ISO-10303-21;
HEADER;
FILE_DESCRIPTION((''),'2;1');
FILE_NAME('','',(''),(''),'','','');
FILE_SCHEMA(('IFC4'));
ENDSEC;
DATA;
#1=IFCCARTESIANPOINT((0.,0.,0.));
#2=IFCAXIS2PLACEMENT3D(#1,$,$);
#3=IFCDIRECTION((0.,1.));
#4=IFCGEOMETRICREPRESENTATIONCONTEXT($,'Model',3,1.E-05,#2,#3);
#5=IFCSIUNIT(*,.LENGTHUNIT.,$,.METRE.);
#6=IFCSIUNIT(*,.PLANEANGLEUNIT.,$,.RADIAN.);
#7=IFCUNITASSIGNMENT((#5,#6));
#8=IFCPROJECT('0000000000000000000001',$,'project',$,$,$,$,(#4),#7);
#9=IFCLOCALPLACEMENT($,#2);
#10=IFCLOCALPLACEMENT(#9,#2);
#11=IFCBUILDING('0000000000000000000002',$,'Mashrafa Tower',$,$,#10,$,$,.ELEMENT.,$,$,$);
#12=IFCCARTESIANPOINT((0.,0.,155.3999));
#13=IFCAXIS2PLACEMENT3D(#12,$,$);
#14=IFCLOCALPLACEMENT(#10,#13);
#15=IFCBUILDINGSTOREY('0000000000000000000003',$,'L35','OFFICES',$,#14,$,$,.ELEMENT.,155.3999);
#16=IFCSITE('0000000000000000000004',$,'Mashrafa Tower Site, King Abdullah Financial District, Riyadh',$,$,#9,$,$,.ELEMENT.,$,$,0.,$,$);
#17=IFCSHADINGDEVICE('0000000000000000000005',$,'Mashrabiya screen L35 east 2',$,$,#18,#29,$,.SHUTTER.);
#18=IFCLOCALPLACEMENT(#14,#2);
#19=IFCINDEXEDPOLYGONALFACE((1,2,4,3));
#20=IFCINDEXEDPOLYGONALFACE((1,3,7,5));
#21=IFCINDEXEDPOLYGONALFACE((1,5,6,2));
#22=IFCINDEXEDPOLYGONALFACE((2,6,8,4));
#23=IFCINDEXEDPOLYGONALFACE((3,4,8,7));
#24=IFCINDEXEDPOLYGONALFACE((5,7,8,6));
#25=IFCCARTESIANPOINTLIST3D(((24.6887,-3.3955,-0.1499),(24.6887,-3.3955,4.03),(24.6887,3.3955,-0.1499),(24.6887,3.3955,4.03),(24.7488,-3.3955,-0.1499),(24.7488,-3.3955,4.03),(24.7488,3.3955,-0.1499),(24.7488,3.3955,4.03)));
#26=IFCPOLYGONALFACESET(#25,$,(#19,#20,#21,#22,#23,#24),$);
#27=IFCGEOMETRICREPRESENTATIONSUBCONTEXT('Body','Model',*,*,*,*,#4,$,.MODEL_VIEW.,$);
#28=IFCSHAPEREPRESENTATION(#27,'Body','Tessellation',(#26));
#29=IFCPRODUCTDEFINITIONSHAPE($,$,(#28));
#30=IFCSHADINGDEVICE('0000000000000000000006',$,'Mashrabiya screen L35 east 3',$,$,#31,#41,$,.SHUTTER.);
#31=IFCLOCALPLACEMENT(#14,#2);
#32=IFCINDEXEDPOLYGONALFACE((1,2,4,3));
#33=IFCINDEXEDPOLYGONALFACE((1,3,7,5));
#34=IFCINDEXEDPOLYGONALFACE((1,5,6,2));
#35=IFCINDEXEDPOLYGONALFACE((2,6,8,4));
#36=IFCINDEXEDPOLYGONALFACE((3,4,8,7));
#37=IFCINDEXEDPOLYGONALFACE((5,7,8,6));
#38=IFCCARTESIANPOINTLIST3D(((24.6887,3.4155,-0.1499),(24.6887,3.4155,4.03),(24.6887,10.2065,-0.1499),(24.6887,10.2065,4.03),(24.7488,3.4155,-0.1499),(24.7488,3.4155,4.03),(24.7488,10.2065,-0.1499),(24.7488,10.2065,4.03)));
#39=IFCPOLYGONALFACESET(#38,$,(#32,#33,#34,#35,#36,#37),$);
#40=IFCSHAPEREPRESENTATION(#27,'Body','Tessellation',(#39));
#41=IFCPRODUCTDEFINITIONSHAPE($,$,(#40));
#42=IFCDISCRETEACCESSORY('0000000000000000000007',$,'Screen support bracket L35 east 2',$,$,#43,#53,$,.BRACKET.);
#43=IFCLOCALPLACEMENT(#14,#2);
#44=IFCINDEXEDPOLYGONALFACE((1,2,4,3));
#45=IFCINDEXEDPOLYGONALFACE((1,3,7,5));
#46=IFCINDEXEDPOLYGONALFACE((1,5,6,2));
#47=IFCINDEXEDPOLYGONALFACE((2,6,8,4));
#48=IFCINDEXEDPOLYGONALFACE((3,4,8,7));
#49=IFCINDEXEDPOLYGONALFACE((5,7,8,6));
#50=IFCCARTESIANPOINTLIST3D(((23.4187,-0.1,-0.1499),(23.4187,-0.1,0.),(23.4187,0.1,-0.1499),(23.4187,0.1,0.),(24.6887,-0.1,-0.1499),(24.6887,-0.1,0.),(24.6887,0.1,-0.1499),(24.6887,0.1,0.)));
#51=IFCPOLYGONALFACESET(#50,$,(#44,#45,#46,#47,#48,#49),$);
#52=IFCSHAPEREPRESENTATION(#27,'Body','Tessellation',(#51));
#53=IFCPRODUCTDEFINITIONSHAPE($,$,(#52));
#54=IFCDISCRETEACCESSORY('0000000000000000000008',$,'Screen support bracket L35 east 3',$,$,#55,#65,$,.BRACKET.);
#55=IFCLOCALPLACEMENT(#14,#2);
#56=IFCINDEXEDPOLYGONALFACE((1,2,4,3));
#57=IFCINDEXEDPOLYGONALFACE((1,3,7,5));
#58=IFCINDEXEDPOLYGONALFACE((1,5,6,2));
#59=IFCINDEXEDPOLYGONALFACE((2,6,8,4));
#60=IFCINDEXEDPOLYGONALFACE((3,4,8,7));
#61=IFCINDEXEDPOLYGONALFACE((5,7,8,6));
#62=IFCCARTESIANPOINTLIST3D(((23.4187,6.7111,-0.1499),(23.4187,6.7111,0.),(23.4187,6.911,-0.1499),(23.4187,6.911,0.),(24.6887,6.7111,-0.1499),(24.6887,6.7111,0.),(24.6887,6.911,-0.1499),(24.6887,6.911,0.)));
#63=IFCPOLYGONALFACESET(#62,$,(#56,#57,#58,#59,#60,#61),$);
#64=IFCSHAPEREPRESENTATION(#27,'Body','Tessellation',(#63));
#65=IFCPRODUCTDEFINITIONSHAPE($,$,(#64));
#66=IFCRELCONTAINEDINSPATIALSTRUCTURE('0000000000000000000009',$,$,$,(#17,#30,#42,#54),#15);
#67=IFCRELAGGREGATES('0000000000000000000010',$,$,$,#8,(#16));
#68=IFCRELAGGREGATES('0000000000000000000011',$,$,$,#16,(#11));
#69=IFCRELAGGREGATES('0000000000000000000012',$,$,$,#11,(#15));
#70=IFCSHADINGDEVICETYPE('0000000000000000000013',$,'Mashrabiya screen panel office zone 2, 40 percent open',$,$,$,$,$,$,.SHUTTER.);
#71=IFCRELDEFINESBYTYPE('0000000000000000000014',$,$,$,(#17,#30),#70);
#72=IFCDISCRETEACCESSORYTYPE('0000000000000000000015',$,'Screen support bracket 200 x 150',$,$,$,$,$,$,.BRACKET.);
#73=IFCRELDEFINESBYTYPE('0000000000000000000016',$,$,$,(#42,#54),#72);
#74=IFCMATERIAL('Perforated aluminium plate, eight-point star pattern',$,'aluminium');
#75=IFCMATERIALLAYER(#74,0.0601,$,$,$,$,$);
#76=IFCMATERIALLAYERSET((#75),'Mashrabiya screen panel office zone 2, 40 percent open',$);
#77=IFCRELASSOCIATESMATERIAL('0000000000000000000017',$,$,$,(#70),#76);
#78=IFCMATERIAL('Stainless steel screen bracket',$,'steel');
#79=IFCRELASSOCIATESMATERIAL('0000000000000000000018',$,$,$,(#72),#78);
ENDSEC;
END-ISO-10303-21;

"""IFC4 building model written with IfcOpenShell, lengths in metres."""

from ifc_helpers import new_model, si_unit, direction, frame, origin, origin_2d, place, context, subcontext, project, spatial, rectangle, extrude, source, transform, mapped, material, layer, layer_set, type_object, type_shapes, element, save


model = new_model("IFC4")

# Units and contexts
model_context = context("Model", 3, precision=1e-05, world=origin(), true_north=direction((0.0, 1.0)))
body_context = subcontext(model_context, "Body", "Model", "MODEL_VIEW")
ifc_project = project(units=[si_unit("LENGTHUNIT", "METRE"), si_unit("PLANEANGLEUNIT", "RADIAN")], contexts=[model_context])

# Site, building, storey
site_placement = place(None, origin())
site = spatial("IfcSite", under=ifc_project, at=site_placement, Name="Mashrafa Tower Site, King Abdullah Financial District, Riyadh", CompositionType="ELEMENT", RefElevation=0.0)
building_placement = place(site_placement, origin())
building = spatial("IfcBuilding", under=site, at=building_placement, Name="Mashrafa Tower", CompositionType="ELEMENT")
storey_placement = place(building_placement, frame((0.0, 0.0, 155.3999)))
storey = spatial("IfcBuildingStorey", under=building, at=storey_placement, Name="L35", Description="OFFICES", CompositionType="ELEMENT", Elevation=155.3999)

# Shading devices
ifc_material_1 = material(Name="Perforated aluminium plate, eight-point star pattern", Category="aluminium")
ifc_layer_1 = layer(ifc_material_1, 0.0601)
ifc_layer_set_1 = layer_set([ifc_layer_1], Name="Mashrabiya screen panel office zone 2, 40 percent open")
shading_device_type = type_object("IfcShadingDeviceType", Name="Mashrabiya screen panel office zone 2, 40 percent open", PredefinedType="SHUTTER", material=ifc_layer_set_1)
shared_shape_1 = source(origin(), body_context, "Body", "SweptSolid", [
    extrude(rectangle(XDim=6.791, YDim=0.0601, at=origin_2d()), origin(), (0.0, 0.0, 1.0), 4.1799),
])
type_shapes(shading_device_type, [shared_shape_1])
for number, where, z_axis, x_axis, name in (
    (1, (24.7188, 0.0, -0.1499), (0.0, 0.0, 1.0), (0.0, 1.0, 0.0), "Mashrabiya screen L35 east 2"),
    (2, (24.7188, 6.811, -0.1499), (0.0, 0.0, 1.0), (0.0, 1.0, 0.0), "Mashrabiya screen L35 east 3"),
):
    element("IfcShadingDevice", number, at=place(storey_placement, frame(where, z_axis=z_axis, x_axis=x_axis)), inside=storey, type_object=shading_device_type, Name=name, PredefinedType="SHUTTER", context=body_context, shape_type="MappedRepresentation", body=[
        mapped(shared_shape_1, transform((0.0, 0.0, 0.0))),
    ])

# Discrete accessories
ifc_material_2 = material(Name="Stainless steel screen bracket", Category="steel")
discrete_accessory_type = type_object("IfcDiscreteAccessoryType", Name="Screen support bracket 200 x 150", PredefinedType="BRACKET", material=ifc_material_2)
shared_shape_2 = source(origin(), body_context, "Body", "SweptSolid", [
    extrude(rectangle(XDim=0.2, YDim=1.27, at=origin_2d()), origin(), (0.0, 0.0, 1.0), 0.1499),
])
type_shapes(discrete_accessory_type, [shared_shape_2])
for number, where, z_axis, x_axis, name in (
    (3, (24.0537, 0.0, -0.1499), (0.0, 0.0, 1.0), (0.0, 1.0, 0.0), "Screen support bracket L35 east 2"),
    (4, (24.0537, 6.811, -0.1499), (0.0, 0.0, 1.0), (0.0, 1.0, 0.0), "Screen support bracket L35 east 3"),
):
    element("IfcDiscreteAccessory", number, at=place(storey_placement, frame(where, z_axis=z_axis, x_axis=x_axis)), inside=storey, type_object=discrete_accessory_type, Name=name, PredefinedType="BRACKET", context=body_context, shape_type="MappedRepresentation", body=[
        mapped(shared_shape_2, transform((0.0, 0.0, 0.0))),
    ])

save(model, "model.ifc")
